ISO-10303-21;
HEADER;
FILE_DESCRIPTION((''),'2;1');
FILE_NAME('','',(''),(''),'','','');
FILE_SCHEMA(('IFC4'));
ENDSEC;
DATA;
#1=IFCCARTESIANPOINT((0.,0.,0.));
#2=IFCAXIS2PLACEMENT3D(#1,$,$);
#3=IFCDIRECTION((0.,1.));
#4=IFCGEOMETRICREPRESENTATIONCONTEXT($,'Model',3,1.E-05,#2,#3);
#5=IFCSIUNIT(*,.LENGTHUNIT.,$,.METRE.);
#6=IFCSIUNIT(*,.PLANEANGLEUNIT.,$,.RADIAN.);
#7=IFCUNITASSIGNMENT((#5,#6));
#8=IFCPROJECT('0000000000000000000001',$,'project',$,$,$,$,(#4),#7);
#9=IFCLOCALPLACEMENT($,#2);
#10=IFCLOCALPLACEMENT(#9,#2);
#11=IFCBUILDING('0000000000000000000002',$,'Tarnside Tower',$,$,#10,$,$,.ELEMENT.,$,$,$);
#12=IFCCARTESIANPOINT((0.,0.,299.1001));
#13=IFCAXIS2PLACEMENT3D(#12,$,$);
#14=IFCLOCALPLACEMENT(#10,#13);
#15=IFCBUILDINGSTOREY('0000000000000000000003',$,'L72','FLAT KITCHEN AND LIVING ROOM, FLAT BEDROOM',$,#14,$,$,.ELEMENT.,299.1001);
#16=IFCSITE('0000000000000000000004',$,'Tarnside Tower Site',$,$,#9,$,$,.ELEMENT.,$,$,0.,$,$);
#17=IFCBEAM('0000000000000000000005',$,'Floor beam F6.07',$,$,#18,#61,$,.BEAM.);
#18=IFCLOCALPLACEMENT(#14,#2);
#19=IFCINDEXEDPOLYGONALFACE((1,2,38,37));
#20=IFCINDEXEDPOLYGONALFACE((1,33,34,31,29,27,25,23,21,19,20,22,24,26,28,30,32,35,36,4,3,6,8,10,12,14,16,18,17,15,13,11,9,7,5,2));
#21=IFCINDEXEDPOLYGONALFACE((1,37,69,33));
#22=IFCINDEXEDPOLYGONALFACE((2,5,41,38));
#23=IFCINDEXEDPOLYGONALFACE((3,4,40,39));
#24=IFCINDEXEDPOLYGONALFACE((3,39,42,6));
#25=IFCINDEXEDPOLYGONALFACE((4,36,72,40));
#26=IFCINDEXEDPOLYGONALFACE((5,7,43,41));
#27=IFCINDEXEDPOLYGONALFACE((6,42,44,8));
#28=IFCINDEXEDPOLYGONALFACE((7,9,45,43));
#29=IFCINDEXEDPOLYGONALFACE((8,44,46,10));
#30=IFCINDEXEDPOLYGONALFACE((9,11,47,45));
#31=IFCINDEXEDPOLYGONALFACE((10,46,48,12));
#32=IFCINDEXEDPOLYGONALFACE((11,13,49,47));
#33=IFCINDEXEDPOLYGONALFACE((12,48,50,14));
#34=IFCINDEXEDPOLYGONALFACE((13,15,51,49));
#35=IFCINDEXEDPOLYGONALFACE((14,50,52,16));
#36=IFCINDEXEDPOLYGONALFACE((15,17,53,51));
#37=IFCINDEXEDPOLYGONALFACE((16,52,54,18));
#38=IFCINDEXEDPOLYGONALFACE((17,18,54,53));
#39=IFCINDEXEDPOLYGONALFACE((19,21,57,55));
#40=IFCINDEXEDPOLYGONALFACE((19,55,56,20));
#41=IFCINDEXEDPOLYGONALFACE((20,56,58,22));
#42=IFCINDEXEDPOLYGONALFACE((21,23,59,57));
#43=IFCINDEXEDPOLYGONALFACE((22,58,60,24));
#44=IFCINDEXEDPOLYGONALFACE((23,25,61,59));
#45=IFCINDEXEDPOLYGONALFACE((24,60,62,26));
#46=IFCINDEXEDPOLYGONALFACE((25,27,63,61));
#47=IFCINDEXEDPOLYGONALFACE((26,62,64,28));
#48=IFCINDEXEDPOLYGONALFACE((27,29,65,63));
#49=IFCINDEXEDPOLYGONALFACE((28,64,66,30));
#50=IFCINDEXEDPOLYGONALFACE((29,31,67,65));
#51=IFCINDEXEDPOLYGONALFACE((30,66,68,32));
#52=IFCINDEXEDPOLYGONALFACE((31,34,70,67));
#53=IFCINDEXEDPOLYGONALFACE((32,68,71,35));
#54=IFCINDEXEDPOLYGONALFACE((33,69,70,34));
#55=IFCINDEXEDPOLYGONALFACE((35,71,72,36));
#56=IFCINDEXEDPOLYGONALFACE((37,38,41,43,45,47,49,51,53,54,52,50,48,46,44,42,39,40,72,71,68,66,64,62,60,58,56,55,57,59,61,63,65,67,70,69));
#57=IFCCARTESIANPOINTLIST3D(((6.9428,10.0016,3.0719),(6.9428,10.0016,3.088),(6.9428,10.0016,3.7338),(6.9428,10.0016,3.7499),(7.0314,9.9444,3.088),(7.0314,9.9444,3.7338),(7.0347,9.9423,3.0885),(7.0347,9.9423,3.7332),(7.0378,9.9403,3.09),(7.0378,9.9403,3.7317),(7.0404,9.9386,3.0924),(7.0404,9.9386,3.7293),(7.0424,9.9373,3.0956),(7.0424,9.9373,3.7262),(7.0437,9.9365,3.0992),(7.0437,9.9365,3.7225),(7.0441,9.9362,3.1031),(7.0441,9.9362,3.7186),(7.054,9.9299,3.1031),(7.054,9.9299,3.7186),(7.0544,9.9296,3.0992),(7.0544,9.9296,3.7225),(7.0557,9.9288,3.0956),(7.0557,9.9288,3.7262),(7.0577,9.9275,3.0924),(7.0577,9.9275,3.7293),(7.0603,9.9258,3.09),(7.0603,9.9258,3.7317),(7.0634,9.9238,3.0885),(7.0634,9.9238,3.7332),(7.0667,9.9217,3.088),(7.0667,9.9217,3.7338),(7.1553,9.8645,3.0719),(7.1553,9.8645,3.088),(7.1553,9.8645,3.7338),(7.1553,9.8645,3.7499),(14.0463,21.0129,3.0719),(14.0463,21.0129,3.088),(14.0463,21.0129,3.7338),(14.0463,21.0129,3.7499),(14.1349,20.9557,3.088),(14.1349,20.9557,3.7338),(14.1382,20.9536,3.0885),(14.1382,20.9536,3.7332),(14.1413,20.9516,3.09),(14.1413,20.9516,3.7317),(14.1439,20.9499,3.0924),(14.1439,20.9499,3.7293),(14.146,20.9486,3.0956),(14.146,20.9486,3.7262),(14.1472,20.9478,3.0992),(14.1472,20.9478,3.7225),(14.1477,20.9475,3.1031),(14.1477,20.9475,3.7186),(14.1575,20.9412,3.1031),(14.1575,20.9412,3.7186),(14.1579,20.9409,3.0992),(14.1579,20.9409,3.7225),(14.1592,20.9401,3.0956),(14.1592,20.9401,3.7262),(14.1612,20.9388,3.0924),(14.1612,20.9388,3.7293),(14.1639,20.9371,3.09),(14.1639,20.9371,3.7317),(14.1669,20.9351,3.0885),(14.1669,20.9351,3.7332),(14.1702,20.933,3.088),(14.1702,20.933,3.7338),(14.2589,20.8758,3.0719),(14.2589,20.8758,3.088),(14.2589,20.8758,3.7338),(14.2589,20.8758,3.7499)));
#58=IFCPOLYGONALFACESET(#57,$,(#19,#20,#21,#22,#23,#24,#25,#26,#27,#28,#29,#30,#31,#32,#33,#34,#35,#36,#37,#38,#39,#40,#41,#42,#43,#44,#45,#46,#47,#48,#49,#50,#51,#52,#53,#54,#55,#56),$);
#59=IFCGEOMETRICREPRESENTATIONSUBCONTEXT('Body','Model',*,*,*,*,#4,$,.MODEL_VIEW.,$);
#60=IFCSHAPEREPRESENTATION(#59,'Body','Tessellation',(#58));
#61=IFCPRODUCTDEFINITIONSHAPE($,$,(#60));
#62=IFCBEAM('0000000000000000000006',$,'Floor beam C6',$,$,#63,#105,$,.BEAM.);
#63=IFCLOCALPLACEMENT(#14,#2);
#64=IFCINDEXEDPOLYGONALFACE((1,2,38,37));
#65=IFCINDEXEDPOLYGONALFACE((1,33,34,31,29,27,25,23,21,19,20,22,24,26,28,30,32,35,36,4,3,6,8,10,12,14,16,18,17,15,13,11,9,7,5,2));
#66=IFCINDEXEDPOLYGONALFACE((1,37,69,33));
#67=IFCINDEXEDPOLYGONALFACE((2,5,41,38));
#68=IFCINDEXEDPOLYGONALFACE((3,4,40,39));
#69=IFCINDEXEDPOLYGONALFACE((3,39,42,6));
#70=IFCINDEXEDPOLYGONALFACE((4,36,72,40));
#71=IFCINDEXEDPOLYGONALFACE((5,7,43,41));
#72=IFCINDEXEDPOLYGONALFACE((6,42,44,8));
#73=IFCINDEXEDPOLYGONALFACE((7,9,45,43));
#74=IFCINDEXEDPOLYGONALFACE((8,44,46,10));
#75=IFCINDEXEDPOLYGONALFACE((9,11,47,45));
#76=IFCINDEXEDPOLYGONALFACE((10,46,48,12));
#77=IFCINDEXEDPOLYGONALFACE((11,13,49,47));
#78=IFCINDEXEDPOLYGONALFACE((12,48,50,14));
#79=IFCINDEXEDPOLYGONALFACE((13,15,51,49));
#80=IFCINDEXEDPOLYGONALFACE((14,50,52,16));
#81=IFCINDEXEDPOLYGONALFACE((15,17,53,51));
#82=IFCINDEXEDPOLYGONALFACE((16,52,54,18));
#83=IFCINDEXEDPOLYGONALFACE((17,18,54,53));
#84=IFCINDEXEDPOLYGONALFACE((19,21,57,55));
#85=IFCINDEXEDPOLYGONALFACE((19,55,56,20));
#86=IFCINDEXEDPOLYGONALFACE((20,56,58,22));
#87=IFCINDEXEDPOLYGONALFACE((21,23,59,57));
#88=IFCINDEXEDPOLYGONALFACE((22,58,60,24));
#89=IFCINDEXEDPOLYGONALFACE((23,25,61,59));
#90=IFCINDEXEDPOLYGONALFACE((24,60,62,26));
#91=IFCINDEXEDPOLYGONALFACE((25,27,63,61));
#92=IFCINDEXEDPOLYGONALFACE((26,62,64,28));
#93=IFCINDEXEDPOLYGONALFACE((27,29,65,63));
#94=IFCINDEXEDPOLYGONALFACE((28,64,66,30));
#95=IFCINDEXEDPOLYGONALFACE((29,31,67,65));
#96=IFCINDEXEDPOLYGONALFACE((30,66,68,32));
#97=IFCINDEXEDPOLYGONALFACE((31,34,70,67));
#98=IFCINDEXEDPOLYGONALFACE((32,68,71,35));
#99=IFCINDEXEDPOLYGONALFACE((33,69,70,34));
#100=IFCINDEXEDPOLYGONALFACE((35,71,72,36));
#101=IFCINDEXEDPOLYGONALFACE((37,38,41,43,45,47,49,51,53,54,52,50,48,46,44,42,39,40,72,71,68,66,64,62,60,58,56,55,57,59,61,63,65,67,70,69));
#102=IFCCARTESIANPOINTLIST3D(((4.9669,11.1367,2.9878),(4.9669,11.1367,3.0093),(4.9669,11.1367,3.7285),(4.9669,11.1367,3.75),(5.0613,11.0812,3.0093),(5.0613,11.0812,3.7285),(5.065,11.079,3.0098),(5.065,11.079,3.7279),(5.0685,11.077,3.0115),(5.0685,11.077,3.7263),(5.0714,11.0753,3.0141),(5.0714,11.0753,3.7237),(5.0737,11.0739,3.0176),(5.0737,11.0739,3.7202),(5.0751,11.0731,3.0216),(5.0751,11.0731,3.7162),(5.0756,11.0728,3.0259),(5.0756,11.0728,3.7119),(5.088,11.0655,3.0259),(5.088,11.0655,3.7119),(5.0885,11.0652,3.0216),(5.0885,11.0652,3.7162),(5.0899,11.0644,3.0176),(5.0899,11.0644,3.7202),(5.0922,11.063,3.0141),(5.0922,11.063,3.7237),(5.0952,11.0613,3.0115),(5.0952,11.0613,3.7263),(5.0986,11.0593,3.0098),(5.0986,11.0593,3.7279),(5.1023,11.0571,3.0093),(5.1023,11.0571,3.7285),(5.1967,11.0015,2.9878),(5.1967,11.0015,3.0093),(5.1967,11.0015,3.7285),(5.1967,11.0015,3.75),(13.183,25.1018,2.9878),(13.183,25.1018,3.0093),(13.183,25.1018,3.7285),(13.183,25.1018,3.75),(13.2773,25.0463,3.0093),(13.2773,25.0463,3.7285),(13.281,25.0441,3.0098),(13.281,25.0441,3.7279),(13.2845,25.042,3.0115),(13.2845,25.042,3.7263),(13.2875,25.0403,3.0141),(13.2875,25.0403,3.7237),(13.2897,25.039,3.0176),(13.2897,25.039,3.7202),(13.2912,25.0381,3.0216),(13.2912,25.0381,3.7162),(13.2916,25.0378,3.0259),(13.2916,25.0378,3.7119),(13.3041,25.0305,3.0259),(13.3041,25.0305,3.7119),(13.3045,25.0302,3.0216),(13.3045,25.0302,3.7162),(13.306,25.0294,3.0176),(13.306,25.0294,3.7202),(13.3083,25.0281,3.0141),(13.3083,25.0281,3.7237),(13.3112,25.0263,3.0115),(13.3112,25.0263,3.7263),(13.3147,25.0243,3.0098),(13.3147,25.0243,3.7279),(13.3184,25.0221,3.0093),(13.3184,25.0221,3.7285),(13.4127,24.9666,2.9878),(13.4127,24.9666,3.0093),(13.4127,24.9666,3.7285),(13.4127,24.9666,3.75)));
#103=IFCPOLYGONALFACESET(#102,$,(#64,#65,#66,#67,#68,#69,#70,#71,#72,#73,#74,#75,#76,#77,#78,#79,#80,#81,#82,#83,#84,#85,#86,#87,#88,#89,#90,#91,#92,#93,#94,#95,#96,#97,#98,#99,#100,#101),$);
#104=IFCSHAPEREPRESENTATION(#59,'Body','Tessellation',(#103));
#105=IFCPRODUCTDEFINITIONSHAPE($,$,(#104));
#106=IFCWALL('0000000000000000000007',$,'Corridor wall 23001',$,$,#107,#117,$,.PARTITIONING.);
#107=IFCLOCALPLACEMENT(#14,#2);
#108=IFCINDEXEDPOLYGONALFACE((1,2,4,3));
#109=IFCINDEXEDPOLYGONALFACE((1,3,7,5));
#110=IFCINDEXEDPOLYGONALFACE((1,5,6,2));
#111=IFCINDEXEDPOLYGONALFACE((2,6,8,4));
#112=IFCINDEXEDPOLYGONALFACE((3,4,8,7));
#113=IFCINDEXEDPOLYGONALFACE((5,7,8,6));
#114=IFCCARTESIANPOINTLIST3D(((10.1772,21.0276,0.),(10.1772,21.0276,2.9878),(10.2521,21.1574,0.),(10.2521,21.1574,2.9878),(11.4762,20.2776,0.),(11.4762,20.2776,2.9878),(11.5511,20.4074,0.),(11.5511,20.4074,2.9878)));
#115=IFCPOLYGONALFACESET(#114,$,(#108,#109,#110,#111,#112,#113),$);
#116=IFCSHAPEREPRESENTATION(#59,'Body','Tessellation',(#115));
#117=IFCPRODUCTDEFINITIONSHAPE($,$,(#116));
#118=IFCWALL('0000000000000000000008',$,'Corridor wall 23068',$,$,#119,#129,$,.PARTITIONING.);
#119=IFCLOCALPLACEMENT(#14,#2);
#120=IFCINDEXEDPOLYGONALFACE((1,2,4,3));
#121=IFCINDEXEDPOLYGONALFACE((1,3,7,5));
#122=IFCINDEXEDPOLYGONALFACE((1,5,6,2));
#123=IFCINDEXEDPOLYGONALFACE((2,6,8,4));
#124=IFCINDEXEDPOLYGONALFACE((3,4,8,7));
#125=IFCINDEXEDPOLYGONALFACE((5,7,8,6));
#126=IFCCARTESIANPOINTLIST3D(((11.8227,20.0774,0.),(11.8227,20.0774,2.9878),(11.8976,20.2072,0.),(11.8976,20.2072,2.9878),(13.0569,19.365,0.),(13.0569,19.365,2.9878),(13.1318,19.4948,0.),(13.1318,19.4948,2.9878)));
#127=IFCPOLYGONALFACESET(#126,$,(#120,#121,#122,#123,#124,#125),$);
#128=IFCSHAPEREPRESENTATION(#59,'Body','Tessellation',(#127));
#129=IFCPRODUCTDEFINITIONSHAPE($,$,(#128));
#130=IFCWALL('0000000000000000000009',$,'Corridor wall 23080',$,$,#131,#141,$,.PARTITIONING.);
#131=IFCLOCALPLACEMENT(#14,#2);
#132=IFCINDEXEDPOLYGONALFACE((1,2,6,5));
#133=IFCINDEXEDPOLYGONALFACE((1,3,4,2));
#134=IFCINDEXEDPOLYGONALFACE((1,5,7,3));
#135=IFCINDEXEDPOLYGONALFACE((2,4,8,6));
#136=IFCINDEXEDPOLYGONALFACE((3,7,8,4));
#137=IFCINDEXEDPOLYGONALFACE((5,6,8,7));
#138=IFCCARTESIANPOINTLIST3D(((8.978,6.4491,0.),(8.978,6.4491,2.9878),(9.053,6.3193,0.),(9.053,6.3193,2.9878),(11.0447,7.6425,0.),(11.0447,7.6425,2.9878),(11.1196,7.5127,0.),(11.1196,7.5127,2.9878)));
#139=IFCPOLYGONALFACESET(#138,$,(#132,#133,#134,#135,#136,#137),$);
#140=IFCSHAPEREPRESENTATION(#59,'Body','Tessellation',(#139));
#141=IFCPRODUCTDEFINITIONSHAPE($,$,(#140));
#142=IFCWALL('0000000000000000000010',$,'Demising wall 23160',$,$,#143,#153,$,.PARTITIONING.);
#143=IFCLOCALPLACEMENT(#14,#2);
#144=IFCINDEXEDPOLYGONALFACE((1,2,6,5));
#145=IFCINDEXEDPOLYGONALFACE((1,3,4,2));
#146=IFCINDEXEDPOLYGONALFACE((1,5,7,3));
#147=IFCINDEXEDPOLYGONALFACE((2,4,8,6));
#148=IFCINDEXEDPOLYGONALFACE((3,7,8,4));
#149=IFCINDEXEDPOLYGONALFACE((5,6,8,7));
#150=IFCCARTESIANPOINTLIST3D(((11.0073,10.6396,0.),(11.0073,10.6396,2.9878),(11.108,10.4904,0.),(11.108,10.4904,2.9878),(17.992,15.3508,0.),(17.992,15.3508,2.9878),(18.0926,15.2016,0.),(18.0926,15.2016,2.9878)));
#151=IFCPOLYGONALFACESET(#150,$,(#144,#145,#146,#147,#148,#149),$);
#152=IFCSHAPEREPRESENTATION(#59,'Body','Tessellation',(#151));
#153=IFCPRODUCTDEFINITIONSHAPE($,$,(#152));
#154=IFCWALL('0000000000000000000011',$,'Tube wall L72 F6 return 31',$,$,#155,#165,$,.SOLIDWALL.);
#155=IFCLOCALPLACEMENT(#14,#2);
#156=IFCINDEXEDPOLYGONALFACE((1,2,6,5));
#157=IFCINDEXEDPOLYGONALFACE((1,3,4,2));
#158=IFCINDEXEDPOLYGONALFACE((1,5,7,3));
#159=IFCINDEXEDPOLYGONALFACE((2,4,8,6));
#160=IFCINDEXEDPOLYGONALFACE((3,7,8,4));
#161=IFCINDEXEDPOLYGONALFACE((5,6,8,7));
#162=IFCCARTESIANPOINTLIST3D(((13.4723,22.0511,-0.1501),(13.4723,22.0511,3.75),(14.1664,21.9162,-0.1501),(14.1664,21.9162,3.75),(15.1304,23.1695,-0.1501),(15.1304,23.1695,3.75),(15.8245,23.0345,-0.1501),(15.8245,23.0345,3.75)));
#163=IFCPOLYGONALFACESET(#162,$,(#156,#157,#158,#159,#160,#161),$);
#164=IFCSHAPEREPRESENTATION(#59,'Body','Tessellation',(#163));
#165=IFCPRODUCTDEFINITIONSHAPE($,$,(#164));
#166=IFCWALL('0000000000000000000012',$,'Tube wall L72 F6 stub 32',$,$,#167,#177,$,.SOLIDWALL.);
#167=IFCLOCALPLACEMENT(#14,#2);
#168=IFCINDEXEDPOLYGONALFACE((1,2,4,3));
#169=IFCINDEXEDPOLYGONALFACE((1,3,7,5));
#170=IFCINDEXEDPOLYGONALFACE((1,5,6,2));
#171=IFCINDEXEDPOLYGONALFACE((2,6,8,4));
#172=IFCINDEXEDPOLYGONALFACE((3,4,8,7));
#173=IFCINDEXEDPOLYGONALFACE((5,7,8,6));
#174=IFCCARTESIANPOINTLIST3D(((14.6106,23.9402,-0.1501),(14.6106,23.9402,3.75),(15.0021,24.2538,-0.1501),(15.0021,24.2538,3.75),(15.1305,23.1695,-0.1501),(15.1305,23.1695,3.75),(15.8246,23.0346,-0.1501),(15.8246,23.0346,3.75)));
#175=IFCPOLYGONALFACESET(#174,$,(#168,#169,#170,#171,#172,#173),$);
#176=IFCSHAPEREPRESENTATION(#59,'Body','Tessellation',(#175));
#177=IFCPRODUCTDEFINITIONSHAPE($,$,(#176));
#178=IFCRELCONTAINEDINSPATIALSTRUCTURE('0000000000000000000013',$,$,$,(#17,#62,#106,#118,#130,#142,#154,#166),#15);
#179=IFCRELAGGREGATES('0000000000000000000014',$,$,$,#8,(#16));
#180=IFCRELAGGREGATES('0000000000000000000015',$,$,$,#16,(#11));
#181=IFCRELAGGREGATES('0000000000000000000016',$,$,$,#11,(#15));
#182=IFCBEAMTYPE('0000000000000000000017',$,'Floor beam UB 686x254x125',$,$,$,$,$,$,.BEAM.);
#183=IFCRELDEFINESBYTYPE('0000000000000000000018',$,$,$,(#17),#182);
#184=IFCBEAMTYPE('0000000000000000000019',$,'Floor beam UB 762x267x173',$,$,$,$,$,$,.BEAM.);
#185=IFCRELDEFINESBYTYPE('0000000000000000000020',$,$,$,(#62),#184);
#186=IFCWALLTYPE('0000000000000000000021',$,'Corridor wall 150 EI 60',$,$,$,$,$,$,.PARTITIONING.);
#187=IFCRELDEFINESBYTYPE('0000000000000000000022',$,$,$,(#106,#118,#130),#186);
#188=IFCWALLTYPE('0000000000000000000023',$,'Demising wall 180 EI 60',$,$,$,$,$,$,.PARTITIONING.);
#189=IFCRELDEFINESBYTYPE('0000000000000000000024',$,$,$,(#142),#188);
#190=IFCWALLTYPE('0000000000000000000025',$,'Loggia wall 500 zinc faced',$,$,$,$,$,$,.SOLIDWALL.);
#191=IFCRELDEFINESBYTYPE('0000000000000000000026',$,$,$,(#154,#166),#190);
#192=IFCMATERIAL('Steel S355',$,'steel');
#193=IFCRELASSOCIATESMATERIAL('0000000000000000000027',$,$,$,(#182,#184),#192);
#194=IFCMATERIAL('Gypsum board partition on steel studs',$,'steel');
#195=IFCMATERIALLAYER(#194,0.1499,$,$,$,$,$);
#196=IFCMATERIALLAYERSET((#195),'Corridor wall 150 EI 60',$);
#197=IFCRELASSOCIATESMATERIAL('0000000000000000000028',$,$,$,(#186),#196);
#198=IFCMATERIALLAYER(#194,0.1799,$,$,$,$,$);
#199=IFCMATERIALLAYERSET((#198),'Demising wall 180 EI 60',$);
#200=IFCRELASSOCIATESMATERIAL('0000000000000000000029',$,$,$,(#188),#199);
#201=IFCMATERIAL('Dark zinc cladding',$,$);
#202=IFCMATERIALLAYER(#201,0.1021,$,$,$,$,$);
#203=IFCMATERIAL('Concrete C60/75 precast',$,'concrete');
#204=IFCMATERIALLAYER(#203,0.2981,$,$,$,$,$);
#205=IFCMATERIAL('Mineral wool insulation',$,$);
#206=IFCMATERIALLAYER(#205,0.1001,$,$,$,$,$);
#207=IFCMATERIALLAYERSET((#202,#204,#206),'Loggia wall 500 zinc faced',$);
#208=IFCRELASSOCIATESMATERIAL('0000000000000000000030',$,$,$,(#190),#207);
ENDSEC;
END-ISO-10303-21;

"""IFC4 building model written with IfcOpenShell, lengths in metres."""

from ifc_helpers import new_model, si_unit, direction, frame, frame_2d, origin, origin_2d, place, context, subcontext, project, spatial, polyline, rectangle, i_section, outline, extrude, material, layer, layer_set, material_profile, profile_set, type_object, element, save


model = new_model("IFC4")

# Units and contexts
model_context = context("Model", 3, precision=1e-05, world=origin(), true_north=direction((0.0, 1.0)))
body_context = subcontext(model_context, "Body", "Model", "MODEL_VIEW")
ifc_project = project(units=[si_unit("LENGTHUNIT", "METRE"), si_unit("PLANEANGLEUNIT", "RADIAN")], contexts=[model_context])

# Site, building, storey
site_placement = place(None, origin())
site = spatial("IfcSite", under=ifc_project, at=site_placement, Name="Tarnside Tower Site", CompositionType="ELEMENT", RefElevation=0.0)
building_placement = place(site_placement, origin())
building = spatial("IfcBuilding", under=site, at=building_placement, Name="Tarnside Tower", CompositionType="ELEMENT")
storey_placement = place(building_placement, frame((0.0, 0.0, 299.1001)))
storey = spatial("IfcBuildingStorey", under=building, at=storey_placement, Name="L72", Description="FLAT KITCHEN AND LIVING ROOM, FLAT BEDROOM", CompositionType="ELEMENT", Elevation=299.1001)

# Beams
ifc_material_1 = material(Name="Steel S355", Category="steel")
ifc_material_profile_1 = material_profile(ifc_material_1, i_section(OverallWidth=0.2529, OverallDepth=0.678, WebThickness=0.0117, FlangeThickness=0.0161, FilletRadius=0.0151, at=origin_2d()), Name="UB 686x254x125")
ifc_profile_set_1 = profile_set([ifc_material_profile_1], Name="Steel S355")
beam_type_1 = type_object("IfcBeamType", Name="Floor beam UB 686x254x125", PredefinedType="BEAM", material=ifc_profile_set_1)
beam_1_placement = place(storey_placement, frame((14.1526, 20.9443, 3.4109), z_axis=(-0.5421, -0.840314, 0.0), x_axis=(0.840314, -0.5421, 0.0)))
element("IfcBeam", 1, at=beam_1_placement, inside=storey, type_object=beam_type_1, Name="Floor beam F6.07", PredefinedType="BEAM", context=body_context, shape_type="SweptSolid", body=[
    extrude(i_section(OverallWidth=0.2529, OverallDepth=0.678, WebThickness=0.0117, FlangeThickness=0.0161, FilletRadius=0.0151, at=origin_2d()), origin(), (0.0, 0.0, 1.0), 13.1038),
])
ifc_material_profile_2 = material_profile(ifc_material_1, i_section(OverallWidth=0.2666, OverallDepth=0.7622, WebThickness=0.0144, FlangeThickness=0.0215, FilletRadius=0.0166, at=origin_2d()), Name="UB 762x267x173")
ifc_profile_set_2 = profile_set([ifc_material_profile_2], Name="Steel S355")
beam_type_2 = type_object("IfcBeamType", Name="Floor beam UB 762x267x173", PredefinedType="BEAM", material=ifc_profile_set_2)
beam_2_placement = place(storey_placement, frame((13.2979, 25.0342, 3.3689), z_axis=(-0.50708, -0.861899, 0.0), x_axis=(0.861899, -0.50708, 0.0)))
element("IfcBeam", 2, at=beam_2_placement, inside=storey, type_object=beam_type_2, Name="Floor beam C6", PredefinedType="BEAM", context=body_context, shape_type="SweptSolid", body=[
    extrude(i_section(OverallWidth=0.2666, OverallDepth=0.7622, WebThickness=0.0144, FlangeThickness=0.0215, FilletRadius=0.0166, at=origin_2d()), origin(), (0.0, 0.0, 1.0), 16.2026),
])

# Walls
ifc_material_2 = material(Name="Gypsum board partition on steel studs", Category="steel")
ifc_layer_1 = layer(ifc_material_2, 0.1499)
ifc_layer_set_1 = layer_set([ifc_layer_1], Name="Corridor wall 150 EI 60")
wall_type_1 = type_object("IfcWallType", Name="Corridor wall 150 EI 60", PredefinedType="PARTITIONING", material=ifc_layer_set_1)
wall_1_placement = place(storey_placement, frame((11.5137, 20.3425, 0.0), z_axis=(0.0, 0.0, 1.0), x_axis=(-0.866031, 0.49999, 0.0)))
element("IfcWall", 3, at=wall_1_placement, inside=storey, type_object=wall_type_1, Name="Corridor wall 23001", PredefinedType="PARTITIONING", context=body_context, shape_type="SweptSolid", body=[
    extrude(rectangle(XDim=1.5, YDim=0.1499, at=frame_2d((0.75, 0.0))), origin(), (0.0, 0.0, 1.0), 2.9878),
])
wall_2_placement = place(storey_placement, frame((13.0942, 19.4299, 0.0), z_axis=(0.0, 0.0, 1.0), x_axis=(-0.866063, 0.499935, 0.0)))
element("IfcWall", 4, at=wall_2_placement, inside=storey, type_object=wall_type_1, Name="Corridor wall 23068", PredefinedType="PARTITIONING", context=body_context, shape_type="SweptSolid", body=[
    extrude(rectangle(XDim=1.425, YDim=0.1499, at=frame_2d((0.7124, 0.0))), origin(), (0.0, 0.0, 1.0), 2.9878),
])
wall_3_placement = place(storey_placement, frame((11.0823, 7.5776, 0.0), z_axis=(0.0, 0.0, 1.0), x_axis=(-0.865993, -0.500056, 0.0)))
element("IfcWall", 5, at=wall_3_placement, inside=storey, type_object=wall_type_1, Name="Corridor wall 23080", PredefinedType="PARTITIONING", context=body_context, shape_type="SweptSolid", body=[
    extrude(rectangle(XDim=2.3865, YDim=0.1499, at=frame_2d((1.1934, 0.0))), origin(), (0.0, 0.0, 1.0), 2.9878),
])
ifc_layer_2 = layer(ifc_material_2, 0.1799)
ifc_layer_set_2 = layer_set([ifc_layer_2], Name="Demising wall 180 EI 60")
wall_type_2 = type_object("IfcWallType", Name="Demising wall 180 EI 60", PredefinedType="PARTITIONING", material=ifc_layer_set_2)
wall_4_placement = place(storey_placement, frame((18.0422, 15.2761, 0.0), z_axis=(0.0, 0.0, 1.0), x_axis=(-0.829038, -0.559193, 0.0)))
element("IfcWall", 6, at=wall_4_placement, inside=storey, type_object=wall_type_2, Name="Demising wall 23160", PredefinedType="PARTITIONING", context=body_context, shape_type="SweptSolid", body=[
    extrude(rectangle(XDim=8.425, YDim=0.1799, at=frame_2d((4.2124, 0.0))), origin(), (0.0, 0.0, 1.0), 2.9878),
])
ifc_material_3 = material(Name="Dark zinc cladding")
ifc_layer_3 = layer(ifc_material_3, 0.1021)
ifc_material_4 = material(Name="Concrete C60/75 precast", Category="concrete")
ifc_layer_4 = layer(ifc_material_4, 0.2981)
ifc_material_5 = material(Name="Mineral wool insulation")
ifc_layer_5 = layer(ifc_material_5, 0.1001)
ifc_layer_set_3 = layer_set([ifc_layer_3, ifc_layer_4, ifc_layer_5], Name="Loggia wall 500 zinc faced")
wall_type_3 = type_object("IfcWallType", Name="Loggia wall 500 zinc faced", PredefinedType="SOLIDWALL", material=ifc_layer_set_3)
wall_5_placement = place(storey_placement, frame((13.8193, 21.9836, -0.1501), z_axis=(0.0, 0.0, 1.0), x_axis=(0.829052, 0.559171, 0.0)))
element("IfcWall", 7, at=wall_5_placement, inside=storey, type_object=wall_type_3, Name="Tube wall L72 F6 return 31", PredefinedType="SOLIDWALL", context=body_context, shape_type="SweptSolid", body=[
    extrude(outline(polyline([(0.25, -0.25), (2.25, -0.25), (1.75, 0.25), (-0.25, 0.25), (0.25, -0.25)])), origin(), (0.0, 0.0, 1.0), 3.9001),
])
wall_6_placement = place(storey_placement, frame((15.4775, 23.1021, -0.1501), z_axis=(0.0, 0.0, 1.0), x_axis=(-0.559246, 0.829002, 0.0)))
element("IfcWall", 8, at=wall_6_placement, inside=storey, type_object=wall_type_3, Name="Tube wall L72 F6 stub 32", PredefinedType="SOLIDWALL", context=body_context, shape_type="SweptSolid", body=[
    extrude(outline(polyline([(-0.25, -0.25), (1.2207, -0.25), (1.1797, 0.25), (0.25, 0.25), (-0.25, -0.25)])), origin(), (0.0, 0.0, 1.0), 3.9001),
])

save(model, "model.ifc")
